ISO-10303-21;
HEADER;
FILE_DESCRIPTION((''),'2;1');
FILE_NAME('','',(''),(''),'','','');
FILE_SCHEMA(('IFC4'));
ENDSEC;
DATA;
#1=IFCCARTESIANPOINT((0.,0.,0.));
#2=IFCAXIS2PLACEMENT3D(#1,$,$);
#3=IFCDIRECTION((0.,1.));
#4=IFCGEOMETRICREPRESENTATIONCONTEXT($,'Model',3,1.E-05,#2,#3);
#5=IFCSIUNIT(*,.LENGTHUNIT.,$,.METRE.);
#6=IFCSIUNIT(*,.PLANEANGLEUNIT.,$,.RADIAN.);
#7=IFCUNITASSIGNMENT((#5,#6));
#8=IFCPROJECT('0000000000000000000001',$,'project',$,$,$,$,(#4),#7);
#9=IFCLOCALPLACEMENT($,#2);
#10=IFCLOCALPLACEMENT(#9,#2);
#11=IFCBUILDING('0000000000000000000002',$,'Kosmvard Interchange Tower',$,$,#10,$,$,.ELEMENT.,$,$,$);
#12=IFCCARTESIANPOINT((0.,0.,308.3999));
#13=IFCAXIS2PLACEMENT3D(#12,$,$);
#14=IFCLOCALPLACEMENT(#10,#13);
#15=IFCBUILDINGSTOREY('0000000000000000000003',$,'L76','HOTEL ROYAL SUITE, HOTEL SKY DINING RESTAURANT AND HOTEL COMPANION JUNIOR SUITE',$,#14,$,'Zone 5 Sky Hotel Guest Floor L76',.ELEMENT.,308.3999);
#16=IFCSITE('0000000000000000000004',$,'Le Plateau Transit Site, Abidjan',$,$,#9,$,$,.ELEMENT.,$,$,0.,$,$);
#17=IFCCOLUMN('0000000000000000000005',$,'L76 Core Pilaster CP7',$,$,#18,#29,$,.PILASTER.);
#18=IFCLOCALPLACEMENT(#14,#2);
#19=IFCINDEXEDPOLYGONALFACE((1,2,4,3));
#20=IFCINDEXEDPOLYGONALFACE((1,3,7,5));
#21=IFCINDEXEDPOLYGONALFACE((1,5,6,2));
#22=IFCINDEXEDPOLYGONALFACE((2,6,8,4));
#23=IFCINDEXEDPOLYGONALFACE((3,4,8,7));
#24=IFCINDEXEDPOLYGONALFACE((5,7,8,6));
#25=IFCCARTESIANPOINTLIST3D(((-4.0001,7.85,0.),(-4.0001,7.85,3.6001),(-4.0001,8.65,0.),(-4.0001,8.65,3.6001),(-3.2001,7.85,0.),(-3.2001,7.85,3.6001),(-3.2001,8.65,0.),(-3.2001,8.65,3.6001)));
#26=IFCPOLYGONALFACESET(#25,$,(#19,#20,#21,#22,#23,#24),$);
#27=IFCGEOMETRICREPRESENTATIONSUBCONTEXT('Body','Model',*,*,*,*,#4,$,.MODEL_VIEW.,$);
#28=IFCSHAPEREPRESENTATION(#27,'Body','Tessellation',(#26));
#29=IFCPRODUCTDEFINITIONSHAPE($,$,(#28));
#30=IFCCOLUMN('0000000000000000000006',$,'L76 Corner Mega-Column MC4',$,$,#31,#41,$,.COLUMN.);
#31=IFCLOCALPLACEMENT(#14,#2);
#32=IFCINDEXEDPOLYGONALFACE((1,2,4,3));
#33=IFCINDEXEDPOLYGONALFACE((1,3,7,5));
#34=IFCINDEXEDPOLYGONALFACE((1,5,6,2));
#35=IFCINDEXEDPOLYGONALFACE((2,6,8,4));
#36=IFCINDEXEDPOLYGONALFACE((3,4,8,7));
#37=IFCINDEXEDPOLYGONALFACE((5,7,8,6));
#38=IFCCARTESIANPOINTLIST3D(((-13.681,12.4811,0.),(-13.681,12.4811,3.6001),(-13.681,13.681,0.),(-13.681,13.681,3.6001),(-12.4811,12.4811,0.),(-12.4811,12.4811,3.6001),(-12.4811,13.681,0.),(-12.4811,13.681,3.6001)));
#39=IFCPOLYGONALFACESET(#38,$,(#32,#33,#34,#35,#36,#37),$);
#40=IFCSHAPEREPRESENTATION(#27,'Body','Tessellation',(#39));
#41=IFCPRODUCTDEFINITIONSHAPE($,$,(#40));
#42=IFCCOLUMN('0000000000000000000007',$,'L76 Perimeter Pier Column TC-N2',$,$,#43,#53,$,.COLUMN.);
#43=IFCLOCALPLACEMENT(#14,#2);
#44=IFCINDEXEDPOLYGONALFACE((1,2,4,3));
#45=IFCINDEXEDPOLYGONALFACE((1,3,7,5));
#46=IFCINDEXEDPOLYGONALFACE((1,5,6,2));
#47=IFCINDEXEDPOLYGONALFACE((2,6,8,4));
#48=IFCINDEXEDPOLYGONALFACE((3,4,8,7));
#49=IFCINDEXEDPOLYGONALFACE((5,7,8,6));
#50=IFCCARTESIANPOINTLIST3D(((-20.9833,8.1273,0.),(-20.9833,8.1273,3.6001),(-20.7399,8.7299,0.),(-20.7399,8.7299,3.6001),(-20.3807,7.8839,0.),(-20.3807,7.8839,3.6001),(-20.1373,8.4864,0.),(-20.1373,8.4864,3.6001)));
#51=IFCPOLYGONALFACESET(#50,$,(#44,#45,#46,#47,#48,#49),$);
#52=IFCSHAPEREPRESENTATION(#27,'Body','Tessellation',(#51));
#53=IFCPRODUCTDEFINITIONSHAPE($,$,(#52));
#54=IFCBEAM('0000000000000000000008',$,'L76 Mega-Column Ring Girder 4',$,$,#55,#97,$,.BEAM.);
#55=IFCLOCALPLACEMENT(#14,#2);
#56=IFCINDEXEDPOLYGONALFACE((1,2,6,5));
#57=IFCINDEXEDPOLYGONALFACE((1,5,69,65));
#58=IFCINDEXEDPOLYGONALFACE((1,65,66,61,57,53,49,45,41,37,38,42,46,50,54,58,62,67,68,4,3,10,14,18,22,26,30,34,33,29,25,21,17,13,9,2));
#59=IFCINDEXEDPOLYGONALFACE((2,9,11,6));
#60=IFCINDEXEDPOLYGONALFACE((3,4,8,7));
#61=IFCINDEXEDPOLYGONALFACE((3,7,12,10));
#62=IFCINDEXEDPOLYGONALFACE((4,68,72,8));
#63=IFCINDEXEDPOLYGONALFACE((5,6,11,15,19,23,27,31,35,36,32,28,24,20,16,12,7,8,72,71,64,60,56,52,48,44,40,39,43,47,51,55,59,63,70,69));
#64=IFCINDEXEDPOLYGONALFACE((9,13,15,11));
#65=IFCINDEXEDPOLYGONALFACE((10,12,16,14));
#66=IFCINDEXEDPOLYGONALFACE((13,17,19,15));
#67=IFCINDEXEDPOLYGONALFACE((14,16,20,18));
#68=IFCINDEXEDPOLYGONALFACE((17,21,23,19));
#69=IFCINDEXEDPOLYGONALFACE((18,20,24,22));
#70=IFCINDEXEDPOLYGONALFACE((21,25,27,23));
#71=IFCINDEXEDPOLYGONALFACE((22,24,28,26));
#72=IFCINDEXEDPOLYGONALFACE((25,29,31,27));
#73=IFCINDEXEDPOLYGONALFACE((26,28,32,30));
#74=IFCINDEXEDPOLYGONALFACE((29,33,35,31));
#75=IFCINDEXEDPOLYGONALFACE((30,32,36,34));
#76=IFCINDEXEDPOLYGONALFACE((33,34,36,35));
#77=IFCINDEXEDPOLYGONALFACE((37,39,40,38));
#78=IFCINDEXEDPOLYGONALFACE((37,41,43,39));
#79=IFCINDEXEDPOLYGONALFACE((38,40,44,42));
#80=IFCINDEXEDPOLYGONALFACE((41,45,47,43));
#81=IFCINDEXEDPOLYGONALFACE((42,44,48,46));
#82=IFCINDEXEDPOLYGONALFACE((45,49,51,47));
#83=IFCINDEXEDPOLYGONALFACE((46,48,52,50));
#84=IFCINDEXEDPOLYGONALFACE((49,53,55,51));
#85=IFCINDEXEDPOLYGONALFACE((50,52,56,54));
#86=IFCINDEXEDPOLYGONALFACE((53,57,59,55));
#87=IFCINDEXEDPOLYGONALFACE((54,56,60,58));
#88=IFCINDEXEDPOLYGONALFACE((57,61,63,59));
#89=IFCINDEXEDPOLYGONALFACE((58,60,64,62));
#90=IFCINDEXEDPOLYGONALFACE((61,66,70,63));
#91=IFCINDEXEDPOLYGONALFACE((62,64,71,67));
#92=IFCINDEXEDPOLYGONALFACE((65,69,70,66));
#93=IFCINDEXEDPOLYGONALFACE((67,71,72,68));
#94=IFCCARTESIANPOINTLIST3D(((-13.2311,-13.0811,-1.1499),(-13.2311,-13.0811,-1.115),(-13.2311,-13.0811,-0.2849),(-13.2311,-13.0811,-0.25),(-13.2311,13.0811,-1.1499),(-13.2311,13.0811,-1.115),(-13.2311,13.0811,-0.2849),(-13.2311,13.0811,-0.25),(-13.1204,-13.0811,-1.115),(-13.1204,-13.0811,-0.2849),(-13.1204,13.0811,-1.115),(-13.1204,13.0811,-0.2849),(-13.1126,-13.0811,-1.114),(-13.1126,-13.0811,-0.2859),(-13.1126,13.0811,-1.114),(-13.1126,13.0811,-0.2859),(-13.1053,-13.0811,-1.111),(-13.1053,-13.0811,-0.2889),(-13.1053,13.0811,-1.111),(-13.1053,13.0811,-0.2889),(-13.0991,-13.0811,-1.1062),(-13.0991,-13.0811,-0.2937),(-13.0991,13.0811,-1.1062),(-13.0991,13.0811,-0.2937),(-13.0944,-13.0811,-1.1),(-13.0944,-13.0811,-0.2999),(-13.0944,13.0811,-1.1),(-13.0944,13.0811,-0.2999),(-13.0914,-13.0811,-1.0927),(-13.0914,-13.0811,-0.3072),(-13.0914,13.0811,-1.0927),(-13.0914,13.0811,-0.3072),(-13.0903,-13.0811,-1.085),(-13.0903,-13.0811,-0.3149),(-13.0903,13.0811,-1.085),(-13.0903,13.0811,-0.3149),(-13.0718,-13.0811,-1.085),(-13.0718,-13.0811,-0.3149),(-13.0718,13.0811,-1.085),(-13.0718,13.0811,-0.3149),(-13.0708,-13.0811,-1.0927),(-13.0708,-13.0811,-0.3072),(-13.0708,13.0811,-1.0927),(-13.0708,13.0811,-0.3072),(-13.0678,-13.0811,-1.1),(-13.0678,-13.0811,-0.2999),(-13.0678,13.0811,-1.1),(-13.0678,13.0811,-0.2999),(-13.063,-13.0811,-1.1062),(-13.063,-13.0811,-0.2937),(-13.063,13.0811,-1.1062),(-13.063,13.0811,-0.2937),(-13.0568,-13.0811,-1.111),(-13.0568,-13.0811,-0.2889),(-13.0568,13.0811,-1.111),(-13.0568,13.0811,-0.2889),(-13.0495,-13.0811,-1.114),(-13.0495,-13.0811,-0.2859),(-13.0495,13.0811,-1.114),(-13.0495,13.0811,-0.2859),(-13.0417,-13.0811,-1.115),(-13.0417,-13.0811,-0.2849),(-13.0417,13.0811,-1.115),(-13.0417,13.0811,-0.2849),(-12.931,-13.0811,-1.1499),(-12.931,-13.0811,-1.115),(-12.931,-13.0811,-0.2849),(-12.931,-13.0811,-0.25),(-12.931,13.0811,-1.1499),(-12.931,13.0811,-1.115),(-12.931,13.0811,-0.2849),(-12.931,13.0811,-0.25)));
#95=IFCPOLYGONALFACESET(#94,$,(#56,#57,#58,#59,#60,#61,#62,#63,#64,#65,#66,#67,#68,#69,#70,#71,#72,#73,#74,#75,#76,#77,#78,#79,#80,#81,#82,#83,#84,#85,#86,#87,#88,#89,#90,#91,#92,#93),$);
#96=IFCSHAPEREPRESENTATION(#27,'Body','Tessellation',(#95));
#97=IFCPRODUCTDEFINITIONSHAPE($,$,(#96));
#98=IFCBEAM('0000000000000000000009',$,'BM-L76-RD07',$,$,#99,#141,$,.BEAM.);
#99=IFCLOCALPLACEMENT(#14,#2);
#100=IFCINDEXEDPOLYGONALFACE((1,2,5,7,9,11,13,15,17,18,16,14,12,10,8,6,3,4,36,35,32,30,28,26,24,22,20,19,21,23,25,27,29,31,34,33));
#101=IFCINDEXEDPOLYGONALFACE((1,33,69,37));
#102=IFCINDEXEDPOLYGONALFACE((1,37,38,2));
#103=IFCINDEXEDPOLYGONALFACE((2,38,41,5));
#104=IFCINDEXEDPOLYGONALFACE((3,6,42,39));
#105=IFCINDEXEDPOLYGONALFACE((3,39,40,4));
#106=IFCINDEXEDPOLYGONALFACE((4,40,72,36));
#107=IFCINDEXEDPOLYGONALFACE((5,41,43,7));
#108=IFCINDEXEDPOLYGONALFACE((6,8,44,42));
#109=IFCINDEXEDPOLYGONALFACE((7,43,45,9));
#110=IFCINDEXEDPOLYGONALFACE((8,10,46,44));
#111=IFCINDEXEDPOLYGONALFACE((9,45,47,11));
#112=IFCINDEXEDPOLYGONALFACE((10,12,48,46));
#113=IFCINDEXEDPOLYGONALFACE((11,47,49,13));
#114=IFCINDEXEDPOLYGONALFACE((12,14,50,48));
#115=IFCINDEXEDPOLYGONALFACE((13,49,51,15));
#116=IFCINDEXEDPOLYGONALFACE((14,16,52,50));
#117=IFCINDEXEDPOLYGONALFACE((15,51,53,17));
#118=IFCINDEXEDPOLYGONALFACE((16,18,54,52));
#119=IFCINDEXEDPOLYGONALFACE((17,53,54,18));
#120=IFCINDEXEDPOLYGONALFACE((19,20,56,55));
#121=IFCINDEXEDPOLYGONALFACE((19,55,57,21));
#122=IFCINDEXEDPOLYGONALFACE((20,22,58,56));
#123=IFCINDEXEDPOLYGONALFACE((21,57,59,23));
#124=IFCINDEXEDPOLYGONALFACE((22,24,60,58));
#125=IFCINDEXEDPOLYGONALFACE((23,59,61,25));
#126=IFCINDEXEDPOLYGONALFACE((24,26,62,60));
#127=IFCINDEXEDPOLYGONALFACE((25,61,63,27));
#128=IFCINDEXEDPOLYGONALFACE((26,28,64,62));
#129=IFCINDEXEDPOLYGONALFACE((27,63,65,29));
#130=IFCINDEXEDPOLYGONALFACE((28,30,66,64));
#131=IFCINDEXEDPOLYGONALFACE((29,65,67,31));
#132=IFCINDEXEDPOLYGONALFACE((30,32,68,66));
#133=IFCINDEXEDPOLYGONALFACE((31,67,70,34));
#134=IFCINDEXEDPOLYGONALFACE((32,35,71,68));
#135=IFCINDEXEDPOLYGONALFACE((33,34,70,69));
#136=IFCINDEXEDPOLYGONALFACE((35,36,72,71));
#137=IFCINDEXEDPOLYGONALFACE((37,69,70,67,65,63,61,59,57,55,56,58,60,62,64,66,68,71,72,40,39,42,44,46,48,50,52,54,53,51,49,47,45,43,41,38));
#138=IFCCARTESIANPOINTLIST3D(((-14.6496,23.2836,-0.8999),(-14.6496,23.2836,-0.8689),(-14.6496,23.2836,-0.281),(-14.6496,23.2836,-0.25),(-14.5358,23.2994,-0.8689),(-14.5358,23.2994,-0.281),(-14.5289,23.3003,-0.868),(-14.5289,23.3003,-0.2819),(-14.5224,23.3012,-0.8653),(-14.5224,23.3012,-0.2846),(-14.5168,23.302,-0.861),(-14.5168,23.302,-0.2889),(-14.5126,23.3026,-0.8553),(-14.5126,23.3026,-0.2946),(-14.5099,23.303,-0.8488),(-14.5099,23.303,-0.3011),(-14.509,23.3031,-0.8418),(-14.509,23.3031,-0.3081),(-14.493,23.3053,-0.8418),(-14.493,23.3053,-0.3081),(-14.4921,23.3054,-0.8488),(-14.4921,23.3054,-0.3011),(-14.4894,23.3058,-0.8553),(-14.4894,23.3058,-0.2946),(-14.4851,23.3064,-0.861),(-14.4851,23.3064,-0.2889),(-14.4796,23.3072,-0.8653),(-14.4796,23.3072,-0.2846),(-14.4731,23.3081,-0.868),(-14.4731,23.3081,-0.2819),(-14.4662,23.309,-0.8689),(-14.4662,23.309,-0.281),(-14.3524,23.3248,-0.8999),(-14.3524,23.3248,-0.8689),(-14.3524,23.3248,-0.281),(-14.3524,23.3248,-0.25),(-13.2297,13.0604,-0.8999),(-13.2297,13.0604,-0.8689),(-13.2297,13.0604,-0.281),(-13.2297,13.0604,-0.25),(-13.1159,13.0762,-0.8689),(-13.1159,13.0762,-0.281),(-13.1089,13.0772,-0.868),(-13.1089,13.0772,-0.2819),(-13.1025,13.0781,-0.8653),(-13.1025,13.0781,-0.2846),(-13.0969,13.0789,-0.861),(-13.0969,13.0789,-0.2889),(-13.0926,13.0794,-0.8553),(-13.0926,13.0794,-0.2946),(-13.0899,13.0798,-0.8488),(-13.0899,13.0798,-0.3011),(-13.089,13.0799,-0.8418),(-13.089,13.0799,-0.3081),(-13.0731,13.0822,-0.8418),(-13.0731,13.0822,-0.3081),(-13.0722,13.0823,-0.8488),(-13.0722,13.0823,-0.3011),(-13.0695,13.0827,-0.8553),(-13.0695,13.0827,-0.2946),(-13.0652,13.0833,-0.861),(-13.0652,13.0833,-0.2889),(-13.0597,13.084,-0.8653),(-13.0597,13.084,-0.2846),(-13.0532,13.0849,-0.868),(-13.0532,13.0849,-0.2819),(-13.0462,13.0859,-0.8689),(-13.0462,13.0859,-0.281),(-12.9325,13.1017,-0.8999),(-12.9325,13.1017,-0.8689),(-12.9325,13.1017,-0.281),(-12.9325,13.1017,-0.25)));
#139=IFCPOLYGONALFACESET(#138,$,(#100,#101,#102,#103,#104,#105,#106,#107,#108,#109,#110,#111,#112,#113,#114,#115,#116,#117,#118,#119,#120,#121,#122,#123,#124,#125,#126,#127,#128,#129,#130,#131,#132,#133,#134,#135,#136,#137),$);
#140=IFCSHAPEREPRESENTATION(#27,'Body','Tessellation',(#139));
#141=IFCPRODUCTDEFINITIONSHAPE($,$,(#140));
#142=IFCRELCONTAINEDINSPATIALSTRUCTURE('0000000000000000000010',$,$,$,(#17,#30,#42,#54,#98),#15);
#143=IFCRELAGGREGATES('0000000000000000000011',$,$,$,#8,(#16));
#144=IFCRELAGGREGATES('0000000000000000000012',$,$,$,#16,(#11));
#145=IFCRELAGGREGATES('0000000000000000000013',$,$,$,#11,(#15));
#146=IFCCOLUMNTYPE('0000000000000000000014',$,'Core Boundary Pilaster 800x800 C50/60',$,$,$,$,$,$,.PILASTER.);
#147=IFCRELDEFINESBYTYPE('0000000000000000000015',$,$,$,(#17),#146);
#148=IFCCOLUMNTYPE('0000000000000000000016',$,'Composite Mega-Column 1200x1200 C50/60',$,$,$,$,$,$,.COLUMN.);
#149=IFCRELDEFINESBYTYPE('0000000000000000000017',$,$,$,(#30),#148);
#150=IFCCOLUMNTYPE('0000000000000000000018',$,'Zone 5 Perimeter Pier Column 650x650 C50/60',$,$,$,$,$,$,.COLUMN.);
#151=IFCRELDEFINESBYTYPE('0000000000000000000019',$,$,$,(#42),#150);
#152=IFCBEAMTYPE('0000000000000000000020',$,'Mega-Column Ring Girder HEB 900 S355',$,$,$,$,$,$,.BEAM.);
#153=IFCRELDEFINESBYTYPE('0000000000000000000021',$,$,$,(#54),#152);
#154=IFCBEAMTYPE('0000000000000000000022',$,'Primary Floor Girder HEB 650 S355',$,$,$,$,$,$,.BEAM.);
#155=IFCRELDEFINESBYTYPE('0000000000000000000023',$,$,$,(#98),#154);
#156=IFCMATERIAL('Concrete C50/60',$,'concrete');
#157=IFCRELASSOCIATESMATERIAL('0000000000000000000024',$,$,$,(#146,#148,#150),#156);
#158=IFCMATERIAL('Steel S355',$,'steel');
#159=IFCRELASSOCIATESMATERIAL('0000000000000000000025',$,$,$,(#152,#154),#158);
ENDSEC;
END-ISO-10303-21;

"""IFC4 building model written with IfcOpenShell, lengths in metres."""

from ifc_helpers import new_model, si_unit, direction, frame, origin, origin_2d, place, context, subcontext, project, spatial, rectangle, i_section, extrude, source, transform, mapped, material, material_profile, profile_set, type_object, element, save


model = new_model("IFC4")

# Units and contexts
model_context = context("Model", 3, precision=1e-05, world=origin(), true_north=direction((0.0, 1.0)))
body_context = subcontext(model_context, "Body", "Model", "MODEL_VIEW")
ifc_project = project(units=[si_unit("LENGTHUNIT", "METRE"), si_unit("PLANEANGLEUNIT", "RADIAN")], contexts=[model_context])

# Site, building, storey
site_placement = place(None, origin())
site = spatial("IfcSite", under=ifc_project, at=site_placement, Name="Le Plateau Transit Site, Abidjan", CompositionType="ELEMENT", RefElevation=0.0)
building_placement = place(site_placement, origin())
building = spatial("IfcBuilding", under=site, at=building_placement, Name="Kosmvard Interchange Tower", CompositionType="ELEMENT")
storey_placement = place(building_placement, frame((0.0, 0.0, 308.3999)))
storey = spatial("IfcBuildingStorey", under=building, at=storey_placement, Name="L76", Description="HOTEL ROYAL SUITE, HOTEL SKY DINING RESTAURANT AND HOTEL COMPANION JUNIOR SUITE", LongName="Zone 5 Sky Hotel Guest Floor L76", CompositionType="ELEMENT", Elevation=308.3999)

# Columns
ifc_material_1 = material(Name="Concrete C50/60", Category="concrete")
ifc_material_profile_1 = material_profile(ifc_material_1, rectangle(XDim=0.8, YDim=0.8, at=origin_2d()), Name="CP 800x800")
ifc_profile_set_1 = profile_set([ifc_material_profile_1], Name="Concrete C50/60")
column_type_1 = type_object("IfcColumnType", Name="Core Boundary Pilaster 800x800 C50/60", PredefinedType="PILASTER", material=ifc_profile_set_1)
shared_shape_1 = source(origin(), body_context, "Body", "SweptSolid", [
    extrude(rectangle(XDim=0.8, YDim=0.8, at=origin_2d()), origin(), (0.0, 0.0, 1.0), 3.6001),
])
column_1_placement = place(storey_placement, frame((-3.6001, 8.25, 0.0), z_axis=(0.0, 0.0, 1.0), x_axis=(1.0, 0.0, 0.0)))
element("IfcColumn", 1, at=column_1_placement, inside=storey, type_object=column_type_1, Name="L76 Core Pilaster CP7", PredefinedType="PILASTER", context=body_context, shape_type="MappedRepresentation", body=[
    mapped(shared_shape_1, transform((0.0, 0.0, 0.0), scale=1.0)),
])
ifc_material_profile_2 = material_profile(ifc_material_1, rectangle(XDim=1.2, YDim=1.2, at=origin_2d()), Name="MC 1200x1200")
ifc_profile_set_2 = profile_set([ifc_material_profile_2], Name="Concrete C50/60")
column_type_2 = type_object("IfcColumnType", Name="Composite Mega-Column 1200x1200 C50/60", PredefinedType="COLUMN", material=ifc_profile_set_2)
shared_shape_2 = source(origin(), body_context, "Body", "SweptSolid", [
    extrude(rectangle(XDim=1.2, YDim=1.2, at=origin_2d()), origin(), (0.0, 0.0, 1.0), 3.6001),
])
column_2_placement = place(storey_placement, frame((-13.0811, 13.0811, 0.0), z_axis=(0.0, 0.0, 1.0), x_axis=(1.0, 0.0, 0.0)))
element("IfcColumn", 2, at=column_2_placement, inside=storey, type_object=column_type_2, Name="L76 Corner Mega-Column MC4", PredefinedType="COLUMN", context=body_context, shape_type="MappedRepresentation", body=[
    mapped(shared_shape_2, transform((0.0, 0.0, 0.0), scale=1.0)),
])
ifc_material_profile_3 = material_profile(ifc_material_1, rectangle(XDim=0.6499, YDim=0.6499, at=origin_2d()), Name="TC 650x650")
ifc_profile_set_3 = profile_set([ifc_material_profile_3], Name="Concrete C50/60")
column_type_3 = type_object("IfcColumnType", Name="Zone 5 Perimeter Pier Column 650x650 C50/60", PredefinedType="COLUMN", material=ifc_profile_set_3)
shared_shape_3 = source(origin(), body_context, "Body", "SweptSolid", [
    extrude(rectangle(XDim=0.6499, YDim=0.6499, at=origin_2d()), origin(), (0.0, 0.0, 1.0), 3.6001),
])
column_3_placement = place(storey_placement, frame((-20.5603, 8.3069, 0.0), z_axis=(0.0, 0.0, 1.0), x_axis=(0.374607, 0.927184, 0.0)))
element("IfcColumn", 3, at=column_3_placement, inside=storey, type_object=column_type_3, Name="L76 Perimeter Pier Column TC-N2", PredefinedType="COLUMN", context=body_context, shape_type="MappedRepresentation", body=[
    mapped(shared_shape_3, transform((0.0, 0.0, 0.0), scale=1.0)),
])

# Beams
ifc_material_2 = material(Name="Steel S355", Category="steel")
ifc_material_profile_4 = material_profile(ifc_material_2, i_section(OverallWidth=0.3, OverallDepth=0.8999, WebThickness=0.0186, FlangeThickness=0.0349, FilletRadius=0.03, at=origin_2d()), Name="HEB 900")
ifc_profile_set_4 = profile_set([ifc_material_profile_4], Name="Steel S355")
beam_type_1 = type_object("IfcBeamType", Name="Mega-Column Ring Girder HEB 900 S355", PredefinedType="BEAM", material=ifc_profile_set_4)
shared_shape_4 = source(origin(), body_context, "Body", "SweptSolid", [
    extrude(i_section(OverallWidth=0.3, OverallDepth=0.8999, WebThickness=0.0186, FlangeThickness=0.0349, FilletRadius=0.03, at=origin_2d()), origin(), (0.0, 0.0, 1.0), 26.1621),
])
beam_1_placement = place(storey_placement, frame((-13.0811, 13.0811, -0.7), z_axis=(0.0, -1.0, 0.0), x_axis=(1.0, 0.0, 0.0)))
element("IfcBeam", 4, at=beam_1_placement, inside=storey, type_object=beam_type_1, Name="L76 Mega-Column Ring Girder 4", PredefinedType="BEAM", context=body_context, shape_type="MappedRepresentation", body=[
    mapped(shared_shape_4, transform((0.0, 0.0, 0.0), scale=1.0)),
])
ifc_material_profile_5 = material_profile(ifc_material_2, i_section(OverallWidth=0.3, OverallDepth=0.6499, WebThickness=0.0161, FlangeThickness=0.031, FilletRadius=0.0271, at=origin_2d()), Name="HEB 650")
ifc_profile_set_5 = profile_set([ifc_material_profile_5], Name="Steel S355")
beam_type_2 = type_object("IfcBeamType", Name="Primary Floor Girder HEB 650 S355", PredefinedType="BEAM", material=ifc_profile_set_5)
shared_shape_5 = source(origin(), body_context, "Body", "SweptSolid", [
    extrude(i_section(OverallWidth=0.3, OverallDepth=0.6499, WebThickness=0.0161, FlangeThickness=0.031, FilletRadius=0.0271, at=origin_2d()), origin(), (0.0, 0.0, 1.0), 10.3213),
])
beam_2_placement = place(storey_placement, frame((-13.0811, 13.0811, -0.575), z_axis=(-0.137572, 0.990492, 0.0), x_axis=(-0.990492, -0.137572, 0.0)))
element("IfcBeam", 5, at=beam_2_placement, inside=storey, type_object=beam_type_2, Name="BM-L76-RD07", PredefinedType="BEAM", context=body_context, shape_type="MappedRepresentation", body=[
    mapped(shared_shape_5, transform((0.0, 0.0, 0.0), scale=1.0)),
])

save(model, "model.ifc")
